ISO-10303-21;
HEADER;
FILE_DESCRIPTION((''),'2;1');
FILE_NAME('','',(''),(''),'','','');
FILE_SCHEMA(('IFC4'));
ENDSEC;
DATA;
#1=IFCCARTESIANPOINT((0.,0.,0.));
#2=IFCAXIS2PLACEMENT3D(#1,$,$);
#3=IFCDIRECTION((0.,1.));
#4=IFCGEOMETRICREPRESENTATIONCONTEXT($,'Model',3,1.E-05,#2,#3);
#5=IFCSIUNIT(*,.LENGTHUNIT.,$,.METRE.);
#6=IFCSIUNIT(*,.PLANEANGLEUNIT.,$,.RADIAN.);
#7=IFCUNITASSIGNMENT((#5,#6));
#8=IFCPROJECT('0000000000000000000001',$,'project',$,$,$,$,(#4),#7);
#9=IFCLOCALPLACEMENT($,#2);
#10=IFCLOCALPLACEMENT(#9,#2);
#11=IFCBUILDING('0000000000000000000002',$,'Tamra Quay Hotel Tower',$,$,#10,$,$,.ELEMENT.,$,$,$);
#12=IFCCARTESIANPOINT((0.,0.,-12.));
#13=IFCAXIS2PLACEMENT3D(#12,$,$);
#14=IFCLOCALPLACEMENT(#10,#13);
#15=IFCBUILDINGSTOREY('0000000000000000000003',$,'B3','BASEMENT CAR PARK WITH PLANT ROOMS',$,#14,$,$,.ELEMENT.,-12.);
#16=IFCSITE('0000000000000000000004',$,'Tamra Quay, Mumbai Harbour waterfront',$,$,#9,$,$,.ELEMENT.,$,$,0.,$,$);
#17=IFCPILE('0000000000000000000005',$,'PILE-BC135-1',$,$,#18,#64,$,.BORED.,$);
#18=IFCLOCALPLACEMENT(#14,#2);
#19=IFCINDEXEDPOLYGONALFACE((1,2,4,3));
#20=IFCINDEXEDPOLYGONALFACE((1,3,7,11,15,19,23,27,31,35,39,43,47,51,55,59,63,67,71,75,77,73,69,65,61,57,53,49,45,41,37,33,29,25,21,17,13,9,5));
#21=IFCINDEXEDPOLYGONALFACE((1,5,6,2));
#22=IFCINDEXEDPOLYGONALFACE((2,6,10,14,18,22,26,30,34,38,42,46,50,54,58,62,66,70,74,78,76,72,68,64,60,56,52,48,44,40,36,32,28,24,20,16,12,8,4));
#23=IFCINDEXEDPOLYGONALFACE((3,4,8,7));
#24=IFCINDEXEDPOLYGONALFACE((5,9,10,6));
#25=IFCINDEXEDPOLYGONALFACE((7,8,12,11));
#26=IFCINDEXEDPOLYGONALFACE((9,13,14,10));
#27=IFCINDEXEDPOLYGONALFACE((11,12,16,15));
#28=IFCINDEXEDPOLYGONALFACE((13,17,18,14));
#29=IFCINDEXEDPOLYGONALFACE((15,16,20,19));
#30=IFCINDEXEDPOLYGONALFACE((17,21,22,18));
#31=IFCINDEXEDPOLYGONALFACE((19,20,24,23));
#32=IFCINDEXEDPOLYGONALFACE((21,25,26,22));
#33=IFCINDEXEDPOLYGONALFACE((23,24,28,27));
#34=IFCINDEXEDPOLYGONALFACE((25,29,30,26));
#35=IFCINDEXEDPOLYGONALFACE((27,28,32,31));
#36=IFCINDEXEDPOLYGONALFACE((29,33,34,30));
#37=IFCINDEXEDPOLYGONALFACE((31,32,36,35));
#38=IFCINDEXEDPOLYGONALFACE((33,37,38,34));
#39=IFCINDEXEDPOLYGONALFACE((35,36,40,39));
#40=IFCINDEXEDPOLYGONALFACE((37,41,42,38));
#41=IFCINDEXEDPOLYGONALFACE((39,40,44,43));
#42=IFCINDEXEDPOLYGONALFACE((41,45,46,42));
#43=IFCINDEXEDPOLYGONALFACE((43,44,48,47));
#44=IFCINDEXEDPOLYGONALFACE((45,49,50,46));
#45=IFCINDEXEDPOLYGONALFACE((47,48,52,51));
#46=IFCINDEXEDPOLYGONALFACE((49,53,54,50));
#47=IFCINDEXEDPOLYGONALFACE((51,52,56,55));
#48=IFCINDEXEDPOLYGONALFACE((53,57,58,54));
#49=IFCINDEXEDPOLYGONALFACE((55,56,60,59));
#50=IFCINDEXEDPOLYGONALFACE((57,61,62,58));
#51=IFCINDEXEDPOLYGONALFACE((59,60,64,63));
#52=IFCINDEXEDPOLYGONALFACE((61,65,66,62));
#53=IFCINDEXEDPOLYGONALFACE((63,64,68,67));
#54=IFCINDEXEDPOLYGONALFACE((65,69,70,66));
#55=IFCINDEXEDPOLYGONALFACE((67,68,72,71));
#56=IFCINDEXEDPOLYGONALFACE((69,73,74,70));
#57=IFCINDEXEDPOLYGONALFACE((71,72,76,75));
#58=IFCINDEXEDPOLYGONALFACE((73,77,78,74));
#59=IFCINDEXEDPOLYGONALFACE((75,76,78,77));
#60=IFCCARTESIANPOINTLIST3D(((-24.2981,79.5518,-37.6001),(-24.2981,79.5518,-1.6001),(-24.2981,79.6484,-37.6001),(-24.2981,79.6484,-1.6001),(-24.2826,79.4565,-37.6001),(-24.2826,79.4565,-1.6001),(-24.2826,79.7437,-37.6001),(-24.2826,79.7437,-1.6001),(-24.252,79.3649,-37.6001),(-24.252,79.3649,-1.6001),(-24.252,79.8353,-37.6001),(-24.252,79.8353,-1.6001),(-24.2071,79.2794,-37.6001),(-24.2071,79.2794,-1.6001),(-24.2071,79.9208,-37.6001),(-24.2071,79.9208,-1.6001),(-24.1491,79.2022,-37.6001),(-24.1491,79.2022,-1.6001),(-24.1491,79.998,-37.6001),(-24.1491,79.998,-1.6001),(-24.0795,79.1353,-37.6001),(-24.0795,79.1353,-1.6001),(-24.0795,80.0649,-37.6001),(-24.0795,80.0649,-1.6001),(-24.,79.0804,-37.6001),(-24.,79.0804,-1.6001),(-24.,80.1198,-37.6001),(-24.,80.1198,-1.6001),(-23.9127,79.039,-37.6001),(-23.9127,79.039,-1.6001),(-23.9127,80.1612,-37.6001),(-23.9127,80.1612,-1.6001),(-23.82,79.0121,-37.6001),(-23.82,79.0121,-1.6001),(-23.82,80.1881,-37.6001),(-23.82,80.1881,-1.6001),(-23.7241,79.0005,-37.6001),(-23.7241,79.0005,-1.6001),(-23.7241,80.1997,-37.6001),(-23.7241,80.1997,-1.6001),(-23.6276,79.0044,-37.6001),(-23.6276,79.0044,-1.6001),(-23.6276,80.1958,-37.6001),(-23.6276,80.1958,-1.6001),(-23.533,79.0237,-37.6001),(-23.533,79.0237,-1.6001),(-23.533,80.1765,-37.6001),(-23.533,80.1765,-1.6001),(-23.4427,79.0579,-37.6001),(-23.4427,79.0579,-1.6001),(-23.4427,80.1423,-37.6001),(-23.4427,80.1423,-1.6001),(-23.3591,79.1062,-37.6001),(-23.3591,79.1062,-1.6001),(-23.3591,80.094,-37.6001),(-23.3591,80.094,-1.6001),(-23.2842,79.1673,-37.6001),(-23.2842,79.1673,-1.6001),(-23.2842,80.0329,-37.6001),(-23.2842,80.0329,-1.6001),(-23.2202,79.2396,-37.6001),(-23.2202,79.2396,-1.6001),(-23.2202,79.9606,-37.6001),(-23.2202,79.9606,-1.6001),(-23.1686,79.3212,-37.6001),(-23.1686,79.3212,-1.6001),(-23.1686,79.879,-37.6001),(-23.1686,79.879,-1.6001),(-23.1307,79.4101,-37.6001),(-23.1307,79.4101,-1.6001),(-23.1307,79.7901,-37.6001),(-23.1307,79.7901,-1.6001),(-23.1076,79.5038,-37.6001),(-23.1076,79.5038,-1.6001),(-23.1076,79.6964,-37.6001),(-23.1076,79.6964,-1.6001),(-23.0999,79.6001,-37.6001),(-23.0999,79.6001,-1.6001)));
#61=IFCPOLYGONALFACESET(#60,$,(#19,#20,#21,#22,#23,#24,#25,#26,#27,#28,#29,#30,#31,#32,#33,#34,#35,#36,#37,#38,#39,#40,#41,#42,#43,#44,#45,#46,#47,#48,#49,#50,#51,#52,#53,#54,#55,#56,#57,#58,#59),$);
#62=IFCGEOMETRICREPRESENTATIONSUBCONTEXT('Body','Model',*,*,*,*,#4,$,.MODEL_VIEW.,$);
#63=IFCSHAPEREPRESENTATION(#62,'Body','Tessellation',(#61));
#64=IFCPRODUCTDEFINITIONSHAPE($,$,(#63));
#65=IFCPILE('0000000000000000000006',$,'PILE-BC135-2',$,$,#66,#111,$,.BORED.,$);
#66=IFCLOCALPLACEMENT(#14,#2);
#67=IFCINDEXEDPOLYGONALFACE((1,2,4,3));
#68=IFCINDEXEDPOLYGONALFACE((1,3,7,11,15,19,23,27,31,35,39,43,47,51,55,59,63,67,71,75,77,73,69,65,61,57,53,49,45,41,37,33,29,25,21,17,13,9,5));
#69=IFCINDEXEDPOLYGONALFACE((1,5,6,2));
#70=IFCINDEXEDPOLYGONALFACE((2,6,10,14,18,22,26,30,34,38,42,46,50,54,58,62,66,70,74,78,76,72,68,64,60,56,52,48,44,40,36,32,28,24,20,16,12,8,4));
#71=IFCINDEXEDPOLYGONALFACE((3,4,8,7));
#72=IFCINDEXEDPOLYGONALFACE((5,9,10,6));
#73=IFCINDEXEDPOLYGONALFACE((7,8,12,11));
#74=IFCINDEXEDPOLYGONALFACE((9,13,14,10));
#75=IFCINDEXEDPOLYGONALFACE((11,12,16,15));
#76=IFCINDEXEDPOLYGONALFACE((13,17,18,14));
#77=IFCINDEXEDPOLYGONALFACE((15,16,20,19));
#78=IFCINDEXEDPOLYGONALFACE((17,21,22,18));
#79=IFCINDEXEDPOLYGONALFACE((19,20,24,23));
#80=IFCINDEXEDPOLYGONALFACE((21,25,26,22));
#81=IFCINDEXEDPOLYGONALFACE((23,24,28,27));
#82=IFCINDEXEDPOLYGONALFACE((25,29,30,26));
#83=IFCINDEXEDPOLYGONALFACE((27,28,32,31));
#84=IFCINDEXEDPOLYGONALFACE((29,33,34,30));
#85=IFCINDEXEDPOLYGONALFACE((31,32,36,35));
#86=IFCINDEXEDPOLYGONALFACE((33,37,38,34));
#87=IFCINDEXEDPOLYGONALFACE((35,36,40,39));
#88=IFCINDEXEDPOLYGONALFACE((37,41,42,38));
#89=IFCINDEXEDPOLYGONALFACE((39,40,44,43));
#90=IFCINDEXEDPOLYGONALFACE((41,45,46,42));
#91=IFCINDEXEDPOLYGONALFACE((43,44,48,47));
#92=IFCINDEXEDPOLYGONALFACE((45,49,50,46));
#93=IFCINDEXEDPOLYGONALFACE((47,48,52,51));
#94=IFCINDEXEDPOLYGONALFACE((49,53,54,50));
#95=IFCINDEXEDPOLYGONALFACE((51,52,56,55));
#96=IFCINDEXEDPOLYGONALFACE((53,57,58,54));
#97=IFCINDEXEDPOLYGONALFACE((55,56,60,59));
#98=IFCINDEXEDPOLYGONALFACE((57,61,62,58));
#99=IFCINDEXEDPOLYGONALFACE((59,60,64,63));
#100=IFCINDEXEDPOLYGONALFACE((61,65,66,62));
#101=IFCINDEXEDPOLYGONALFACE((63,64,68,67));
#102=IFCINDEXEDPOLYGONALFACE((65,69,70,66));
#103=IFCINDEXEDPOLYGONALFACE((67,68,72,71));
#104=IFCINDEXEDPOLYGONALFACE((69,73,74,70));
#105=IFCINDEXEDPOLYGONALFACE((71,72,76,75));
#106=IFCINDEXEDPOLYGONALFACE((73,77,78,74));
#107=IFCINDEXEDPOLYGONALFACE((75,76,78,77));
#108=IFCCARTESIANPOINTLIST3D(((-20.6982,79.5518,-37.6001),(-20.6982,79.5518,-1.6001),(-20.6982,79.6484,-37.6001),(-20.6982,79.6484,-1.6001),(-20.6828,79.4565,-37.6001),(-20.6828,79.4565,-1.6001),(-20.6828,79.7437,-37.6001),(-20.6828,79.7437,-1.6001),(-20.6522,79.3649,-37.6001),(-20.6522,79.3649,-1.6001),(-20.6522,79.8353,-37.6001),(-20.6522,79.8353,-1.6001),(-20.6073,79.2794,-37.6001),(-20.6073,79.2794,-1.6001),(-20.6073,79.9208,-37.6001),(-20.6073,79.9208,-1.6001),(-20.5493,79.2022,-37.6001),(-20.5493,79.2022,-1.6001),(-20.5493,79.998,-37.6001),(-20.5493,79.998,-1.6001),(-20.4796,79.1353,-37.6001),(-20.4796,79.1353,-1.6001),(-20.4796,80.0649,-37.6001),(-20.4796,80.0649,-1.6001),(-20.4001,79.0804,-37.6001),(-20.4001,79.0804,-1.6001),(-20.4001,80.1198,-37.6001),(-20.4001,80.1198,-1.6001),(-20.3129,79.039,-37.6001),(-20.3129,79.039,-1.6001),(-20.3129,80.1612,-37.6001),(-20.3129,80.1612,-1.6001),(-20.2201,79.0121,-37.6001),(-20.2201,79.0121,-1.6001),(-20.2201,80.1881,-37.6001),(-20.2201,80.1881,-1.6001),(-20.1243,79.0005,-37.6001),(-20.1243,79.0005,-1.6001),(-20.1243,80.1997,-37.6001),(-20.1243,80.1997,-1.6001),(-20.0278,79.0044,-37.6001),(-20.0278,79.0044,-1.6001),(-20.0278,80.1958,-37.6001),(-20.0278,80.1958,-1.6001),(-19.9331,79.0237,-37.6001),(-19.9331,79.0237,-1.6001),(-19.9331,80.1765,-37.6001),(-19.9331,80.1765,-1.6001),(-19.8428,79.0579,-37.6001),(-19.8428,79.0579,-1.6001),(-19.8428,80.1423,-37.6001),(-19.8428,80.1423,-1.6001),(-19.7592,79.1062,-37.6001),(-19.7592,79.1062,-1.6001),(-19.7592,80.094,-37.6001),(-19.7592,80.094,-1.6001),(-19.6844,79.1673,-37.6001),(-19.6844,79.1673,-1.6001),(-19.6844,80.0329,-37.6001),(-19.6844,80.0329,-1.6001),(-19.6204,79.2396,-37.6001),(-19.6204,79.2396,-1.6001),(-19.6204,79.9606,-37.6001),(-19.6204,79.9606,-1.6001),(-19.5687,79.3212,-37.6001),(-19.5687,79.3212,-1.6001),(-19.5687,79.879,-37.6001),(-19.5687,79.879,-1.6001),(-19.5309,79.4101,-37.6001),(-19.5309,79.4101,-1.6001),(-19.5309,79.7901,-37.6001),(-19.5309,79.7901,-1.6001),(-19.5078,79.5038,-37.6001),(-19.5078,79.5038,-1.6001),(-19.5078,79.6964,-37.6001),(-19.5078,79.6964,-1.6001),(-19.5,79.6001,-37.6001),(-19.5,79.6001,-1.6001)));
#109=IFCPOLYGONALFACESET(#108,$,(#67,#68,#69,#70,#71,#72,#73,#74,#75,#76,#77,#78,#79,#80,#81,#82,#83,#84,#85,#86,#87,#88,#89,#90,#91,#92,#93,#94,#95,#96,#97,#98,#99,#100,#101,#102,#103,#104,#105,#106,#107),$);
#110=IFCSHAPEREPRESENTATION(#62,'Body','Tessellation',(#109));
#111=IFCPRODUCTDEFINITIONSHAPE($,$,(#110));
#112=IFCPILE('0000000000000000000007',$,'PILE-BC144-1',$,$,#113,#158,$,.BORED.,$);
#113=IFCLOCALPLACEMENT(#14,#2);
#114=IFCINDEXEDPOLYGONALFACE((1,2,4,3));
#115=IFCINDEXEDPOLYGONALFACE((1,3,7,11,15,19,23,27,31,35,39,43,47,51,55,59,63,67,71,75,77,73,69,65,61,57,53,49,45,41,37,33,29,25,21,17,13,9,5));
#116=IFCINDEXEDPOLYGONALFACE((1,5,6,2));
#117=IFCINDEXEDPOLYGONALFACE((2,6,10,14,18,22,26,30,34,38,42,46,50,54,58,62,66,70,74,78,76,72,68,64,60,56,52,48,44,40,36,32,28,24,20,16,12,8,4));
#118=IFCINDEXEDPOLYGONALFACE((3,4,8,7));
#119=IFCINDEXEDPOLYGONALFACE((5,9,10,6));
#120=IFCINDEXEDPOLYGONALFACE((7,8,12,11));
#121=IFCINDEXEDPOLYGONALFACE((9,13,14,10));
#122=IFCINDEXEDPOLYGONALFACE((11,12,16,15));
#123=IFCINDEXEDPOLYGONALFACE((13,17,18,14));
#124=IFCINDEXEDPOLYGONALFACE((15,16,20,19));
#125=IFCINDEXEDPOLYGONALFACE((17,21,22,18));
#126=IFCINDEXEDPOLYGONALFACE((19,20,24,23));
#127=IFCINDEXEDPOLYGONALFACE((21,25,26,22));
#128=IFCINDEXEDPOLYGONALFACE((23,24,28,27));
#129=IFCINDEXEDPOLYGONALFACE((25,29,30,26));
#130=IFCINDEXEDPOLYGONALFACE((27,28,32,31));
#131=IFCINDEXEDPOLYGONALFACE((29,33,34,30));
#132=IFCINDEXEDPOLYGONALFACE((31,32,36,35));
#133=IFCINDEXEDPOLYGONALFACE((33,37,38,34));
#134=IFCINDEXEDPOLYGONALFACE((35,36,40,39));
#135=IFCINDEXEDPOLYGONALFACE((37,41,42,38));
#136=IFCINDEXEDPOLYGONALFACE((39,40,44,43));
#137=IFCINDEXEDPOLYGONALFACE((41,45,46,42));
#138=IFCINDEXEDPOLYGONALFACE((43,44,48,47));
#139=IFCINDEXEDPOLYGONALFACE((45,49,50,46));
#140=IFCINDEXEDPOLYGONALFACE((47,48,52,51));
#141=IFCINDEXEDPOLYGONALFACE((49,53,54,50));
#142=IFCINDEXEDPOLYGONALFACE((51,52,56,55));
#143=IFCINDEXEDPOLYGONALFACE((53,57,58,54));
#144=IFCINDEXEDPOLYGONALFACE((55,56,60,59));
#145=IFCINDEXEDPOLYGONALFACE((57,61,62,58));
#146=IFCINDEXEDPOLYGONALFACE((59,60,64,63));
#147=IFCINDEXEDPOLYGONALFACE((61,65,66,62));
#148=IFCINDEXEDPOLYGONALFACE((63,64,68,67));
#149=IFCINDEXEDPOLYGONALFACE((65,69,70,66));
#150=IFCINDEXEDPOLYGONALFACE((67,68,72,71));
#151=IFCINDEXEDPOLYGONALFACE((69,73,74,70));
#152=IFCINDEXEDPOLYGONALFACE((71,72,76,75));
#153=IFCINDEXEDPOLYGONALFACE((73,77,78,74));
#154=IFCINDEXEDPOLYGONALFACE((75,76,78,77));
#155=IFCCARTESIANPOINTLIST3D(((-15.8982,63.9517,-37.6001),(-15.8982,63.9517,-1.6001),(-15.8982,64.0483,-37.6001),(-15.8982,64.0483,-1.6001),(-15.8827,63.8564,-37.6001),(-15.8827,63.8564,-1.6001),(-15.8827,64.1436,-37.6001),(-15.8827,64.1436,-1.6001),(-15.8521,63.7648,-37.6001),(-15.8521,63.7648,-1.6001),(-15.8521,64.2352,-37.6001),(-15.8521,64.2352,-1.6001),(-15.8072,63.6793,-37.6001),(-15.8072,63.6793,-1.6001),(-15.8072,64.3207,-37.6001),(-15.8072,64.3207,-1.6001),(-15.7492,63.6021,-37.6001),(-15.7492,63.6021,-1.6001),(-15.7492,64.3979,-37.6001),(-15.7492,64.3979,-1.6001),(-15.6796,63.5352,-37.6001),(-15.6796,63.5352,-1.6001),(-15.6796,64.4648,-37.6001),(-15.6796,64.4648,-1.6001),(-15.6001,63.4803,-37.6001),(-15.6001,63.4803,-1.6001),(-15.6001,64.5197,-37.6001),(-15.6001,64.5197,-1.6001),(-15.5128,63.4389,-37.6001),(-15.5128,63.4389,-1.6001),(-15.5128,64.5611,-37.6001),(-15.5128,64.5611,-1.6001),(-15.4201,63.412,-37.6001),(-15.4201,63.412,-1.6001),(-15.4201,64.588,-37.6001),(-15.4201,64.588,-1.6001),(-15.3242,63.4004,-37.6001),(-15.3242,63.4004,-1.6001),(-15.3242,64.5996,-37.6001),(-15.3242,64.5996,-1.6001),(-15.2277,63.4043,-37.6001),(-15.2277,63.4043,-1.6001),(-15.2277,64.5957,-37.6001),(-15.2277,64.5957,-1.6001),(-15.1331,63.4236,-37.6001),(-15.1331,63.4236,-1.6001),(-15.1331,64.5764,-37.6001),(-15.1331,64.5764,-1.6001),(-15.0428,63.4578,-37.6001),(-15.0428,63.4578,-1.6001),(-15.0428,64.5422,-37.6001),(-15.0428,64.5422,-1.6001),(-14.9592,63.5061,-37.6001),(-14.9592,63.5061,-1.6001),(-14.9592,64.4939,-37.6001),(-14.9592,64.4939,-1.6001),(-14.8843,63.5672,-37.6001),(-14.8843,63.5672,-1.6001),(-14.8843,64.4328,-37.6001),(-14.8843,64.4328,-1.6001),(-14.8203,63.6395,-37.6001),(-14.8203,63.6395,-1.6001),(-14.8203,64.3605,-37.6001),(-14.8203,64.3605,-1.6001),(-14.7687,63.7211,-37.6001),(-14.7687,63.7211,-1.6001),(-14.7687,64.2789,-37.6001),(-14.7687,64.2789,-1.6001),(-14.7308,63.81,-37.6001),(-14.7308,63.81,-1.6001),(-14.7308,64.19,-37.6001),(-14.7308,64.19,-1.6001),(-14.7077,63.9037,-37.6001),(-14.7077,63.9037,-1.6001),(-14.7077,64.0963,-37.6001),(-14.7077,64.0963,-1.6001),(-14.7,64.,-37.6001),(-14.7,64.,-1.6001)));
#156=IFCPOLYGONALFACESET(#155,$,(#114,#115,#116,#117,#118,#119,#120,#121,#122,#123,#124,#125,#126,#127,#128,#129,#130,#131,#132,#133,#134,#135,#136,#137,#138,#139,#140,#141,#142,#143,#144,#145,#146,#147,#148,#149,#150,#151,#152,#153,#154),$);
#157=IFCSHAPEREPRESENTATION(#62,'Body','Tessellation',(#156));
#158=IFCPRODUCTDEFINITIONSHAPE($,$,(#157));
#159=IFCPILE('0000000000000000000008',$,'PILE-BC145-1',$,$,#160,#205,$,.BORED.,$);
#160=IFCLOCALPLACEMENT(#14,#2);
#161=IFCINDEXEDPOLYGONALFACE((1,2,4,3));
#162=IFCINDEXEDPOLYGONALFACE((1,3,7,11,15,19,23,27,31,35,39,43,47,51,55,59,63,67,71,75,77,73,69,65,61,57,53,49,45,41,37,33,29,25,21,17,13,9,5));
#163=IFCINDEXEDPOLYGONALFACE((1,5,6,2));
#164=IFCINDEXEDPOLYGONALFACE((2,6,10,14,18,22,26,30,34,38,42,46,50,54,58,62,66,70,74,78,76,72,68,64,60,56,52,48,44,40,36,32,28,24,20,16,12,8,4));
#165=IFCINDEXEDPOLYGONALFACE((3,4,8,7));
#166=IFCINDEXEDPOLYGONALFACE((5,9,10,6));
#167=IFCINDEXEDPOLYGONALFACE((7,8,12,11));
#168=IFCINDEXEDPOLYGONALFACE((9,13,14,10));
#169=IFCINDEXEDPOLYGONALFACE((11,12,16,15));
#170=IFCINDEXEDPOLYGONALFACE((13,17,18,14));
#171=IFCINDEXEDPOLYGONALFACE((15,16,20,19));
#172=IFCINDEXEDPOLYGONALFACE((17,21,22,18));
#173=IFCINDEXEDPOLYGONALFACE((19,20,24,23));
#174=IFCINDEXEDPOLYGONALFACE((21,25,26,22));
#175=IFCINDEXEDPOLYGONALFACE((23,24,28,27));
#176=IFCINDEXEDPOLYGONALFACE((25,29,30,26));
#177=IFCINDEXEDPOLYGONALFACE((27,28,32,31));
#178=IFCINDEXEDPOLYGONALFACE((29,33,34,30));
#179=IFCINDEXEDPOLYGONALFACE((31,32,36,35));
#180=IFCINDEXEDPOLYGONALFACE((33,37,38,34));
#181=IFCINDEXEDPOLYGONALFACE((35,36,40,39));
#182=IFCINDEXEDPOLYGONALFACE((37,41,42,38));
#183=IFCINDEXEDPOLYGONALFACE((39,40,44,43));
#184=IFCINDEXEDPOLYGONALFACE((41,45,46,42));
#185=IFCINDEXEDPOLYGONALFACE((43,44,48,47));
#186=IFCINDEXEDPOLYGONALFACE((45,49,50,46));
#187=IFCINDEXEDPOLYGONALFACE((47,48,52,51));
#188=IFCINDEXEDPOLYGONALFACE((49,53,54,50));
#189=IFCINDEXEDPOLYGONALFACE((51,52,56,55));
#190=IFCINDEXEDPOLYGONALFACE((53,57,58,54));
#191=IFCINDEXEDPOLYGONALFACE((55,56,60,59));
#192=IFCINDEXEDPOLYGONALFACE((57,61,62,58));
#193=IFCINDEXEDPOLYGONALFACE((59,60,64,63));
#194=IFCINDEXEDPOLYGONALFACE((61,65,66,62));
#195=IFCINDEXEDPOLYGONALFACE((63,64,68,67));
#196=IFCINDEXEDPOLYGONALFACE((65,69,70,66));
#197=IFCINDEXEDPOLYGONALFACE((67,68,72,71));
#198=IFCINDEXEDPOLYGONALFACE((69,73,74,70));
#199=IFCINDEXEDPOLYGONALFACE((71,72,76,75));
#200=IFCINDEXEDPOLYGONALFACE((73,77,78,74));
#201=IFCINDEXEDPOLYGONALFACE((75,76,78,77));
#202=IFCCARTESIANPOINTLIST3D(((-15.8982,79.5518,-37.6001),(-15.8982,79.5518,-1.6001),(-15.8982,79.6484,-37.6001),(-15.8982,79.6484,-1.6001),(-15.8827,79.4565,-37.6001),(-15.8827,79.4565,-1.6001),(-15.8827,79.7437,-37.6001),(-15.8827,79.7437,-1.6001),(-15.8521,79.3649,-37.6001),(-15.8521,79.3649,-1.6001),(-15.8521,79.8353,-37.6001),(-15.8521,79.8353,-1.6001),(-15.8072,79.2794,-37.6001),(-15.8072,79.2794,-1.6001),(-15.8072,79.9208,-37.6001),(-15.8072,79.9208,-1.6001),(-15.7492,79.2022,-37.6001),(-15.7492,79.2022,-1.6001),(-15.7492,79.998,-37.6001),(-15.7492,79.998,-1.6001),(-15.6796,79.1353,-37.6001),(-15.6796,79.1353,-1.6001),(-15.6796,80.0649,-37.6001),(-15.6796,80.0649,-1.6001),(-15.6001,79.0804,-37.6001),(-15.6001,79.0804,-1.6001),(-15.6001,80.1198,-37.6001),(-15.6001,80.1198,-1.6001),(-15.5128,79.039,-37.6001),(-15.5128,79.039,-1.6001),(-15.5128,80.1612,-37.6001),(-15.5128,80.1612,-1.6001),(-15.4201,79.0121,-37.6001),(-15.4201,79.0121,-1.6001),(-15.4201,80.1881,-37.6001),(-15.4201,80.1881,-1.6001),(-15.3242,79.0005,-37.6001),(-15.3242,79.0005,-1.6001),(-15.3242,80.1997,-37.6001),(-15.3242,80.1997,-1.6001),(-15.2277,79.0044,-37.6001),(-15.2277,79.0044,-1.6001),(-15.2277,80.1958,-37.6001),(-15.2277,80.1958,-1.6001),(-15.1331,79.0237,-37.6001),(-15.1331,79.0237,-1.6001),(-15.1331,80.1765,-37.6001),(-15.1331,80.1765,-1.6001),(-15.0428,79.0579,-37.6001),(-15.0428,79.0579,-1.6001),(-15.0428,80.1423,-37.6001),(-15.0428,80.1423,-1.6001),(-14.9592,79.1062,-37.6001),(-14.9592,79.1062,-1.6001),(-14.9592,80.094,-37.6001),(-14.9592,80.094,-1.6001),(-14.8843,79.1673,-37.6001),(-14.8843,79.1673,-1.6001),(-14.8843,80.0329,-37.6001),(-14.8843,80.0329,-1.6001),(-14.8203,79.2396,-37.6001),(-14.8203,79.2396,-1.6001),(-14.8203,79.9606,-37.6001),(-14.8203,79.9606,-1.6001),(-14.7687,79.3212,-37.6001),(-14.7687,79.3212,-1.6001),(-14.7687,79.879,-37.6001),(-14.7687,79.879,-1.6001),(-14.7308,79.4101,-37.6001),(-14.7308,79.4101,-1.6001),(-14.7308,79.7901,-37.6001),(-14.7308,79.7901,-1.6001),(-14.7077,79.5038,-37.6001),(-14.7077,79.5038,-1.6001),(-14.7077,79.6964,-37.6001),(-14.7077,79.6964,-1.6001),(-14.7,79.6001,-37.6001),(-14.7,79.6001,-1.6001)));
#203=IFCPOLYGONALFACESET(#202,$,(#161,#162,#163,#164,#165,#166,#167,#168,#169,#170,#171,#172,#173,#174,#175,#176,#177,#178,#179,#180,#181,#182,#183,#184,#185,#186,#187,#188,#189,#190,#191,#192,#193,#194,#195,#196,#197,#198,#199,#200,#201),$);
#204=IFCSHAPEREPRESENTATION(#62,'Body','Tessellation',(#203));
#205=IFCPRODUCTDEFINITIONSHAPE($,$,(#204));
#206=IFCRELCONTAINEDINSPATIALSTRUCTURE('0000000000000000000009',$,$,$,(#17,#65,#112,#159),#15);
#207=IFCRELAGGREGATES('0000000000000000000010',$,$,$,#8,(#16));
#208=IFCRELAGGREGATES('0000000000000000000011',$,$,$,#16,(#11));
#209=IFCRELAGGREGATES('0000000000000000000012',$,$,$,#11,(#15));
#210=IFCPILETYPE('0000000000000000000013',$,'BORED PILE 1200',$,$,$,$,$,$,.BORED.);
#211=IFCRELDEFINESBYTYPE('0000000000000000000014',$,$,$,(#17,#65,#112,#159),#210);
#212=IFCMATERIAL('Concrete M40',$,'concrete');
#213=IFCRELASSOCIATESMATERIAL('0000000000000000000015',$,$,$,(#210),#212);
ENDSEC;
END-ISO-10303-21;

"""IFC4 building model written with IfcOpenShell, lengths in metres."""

from ifc_helpers import new_model, si_unit, direction, frame, origin, origin_2d, place, context, subcontext, project, spatial, circle, extrude, material, material_profile, profile_set, type_object, element, save


model = new_model("IFC4")

# Units and contexts
model_context = context("Model", 3, precision=1e-05, world=origin(), true_north=direction((0.0, 1.0)))
body_context = subcontext(model_context, "Body", "Model", "MODEL_VIEW")
ifc_project = project(units=[si_unit("LENGTHUNIT", "METRE"), si_unit("PLANEANGLEUNIT", "RADIAN")], contexts=[model_context])

# Site, building, storey
site_placement = place(None, origin())
site = spatial("IfcSite", under=ifc_project, at=site_placement, Name="Tamra Quay, Mumbai Harbour waterfront", CompositionType="ELEMENT", RefElevation=0.0)
building_placement = place(site_placement, origin())
building = spatial("IfcBuilding", under=site, at=building_placement, Name="Tamra Quay Hotel Tower", CompositionType="ELEMENT")
storey_placement = place(building_placement, frame((0.0, 0.0, -12.0)))
storey = spatial("IfcBuildingStorey", under=building, at=storey_placement, Name="B3", Description="BASEMENT CAR PARK WITH PLANT ROOMS", CompositionType="ELEMENT", Elevation=-12.0)

# Piles
ifc_material_1 = material(Name="Concrete M40", Category="concrete")
ifc_material_profile_1 = material_profile(ifc_material_1, circle(Radius=0.6001, at=origin_2d()), Name="BORED PILE 1200")
ifc_profile_set_1 = profile_set([ifc_material_profile_1], Name="Concrete M40")
pile_type = type_object("IfcPileType", Name="BORED PILE 1200", PredefinedType="BORED", material=ifc_profile_set_1)
for number, where, z_axis, x_axis, name in (
    (1, (-23.7, 79.6001, -1.6001), (0.0, 0.0, -1.0), (1.0, 0.0, 0.0), "PILE-BC135-1"),
    (2, (-20.1001, 79.6001, -1.6001), (0.0, 0.0, -1.0), (1.0, 0.0, 0.0), "PILE-BC135-2"),
    (3, (-15.3, 64.0, -1.6001), (0.0, 0.0, -1.0), (1.0, 0.0, 0.0), "PILE-BC144-1"),
    (4, (-15.3, 79.6001, -1.6001), (0.0, 0.0, -1.0), (1.0, 0.0, 0.0), "PILE-BC145-1"),
):
    element("IfcPile", number, at=place(storey_placement, frame(where, z_axis=z_axis, x_axis=x_axis)), inside=storey, type_object=pile_type, Name=name, PredefinedType="BORED", context=body_context, shape_type="SweptSolid", body=[
        extrude(circle(Radius=0.6001, at=origin_2d()), origin(), (0.0, 0.0, 1.0), 36.0),
    ])

save(model, "model.ifc")
